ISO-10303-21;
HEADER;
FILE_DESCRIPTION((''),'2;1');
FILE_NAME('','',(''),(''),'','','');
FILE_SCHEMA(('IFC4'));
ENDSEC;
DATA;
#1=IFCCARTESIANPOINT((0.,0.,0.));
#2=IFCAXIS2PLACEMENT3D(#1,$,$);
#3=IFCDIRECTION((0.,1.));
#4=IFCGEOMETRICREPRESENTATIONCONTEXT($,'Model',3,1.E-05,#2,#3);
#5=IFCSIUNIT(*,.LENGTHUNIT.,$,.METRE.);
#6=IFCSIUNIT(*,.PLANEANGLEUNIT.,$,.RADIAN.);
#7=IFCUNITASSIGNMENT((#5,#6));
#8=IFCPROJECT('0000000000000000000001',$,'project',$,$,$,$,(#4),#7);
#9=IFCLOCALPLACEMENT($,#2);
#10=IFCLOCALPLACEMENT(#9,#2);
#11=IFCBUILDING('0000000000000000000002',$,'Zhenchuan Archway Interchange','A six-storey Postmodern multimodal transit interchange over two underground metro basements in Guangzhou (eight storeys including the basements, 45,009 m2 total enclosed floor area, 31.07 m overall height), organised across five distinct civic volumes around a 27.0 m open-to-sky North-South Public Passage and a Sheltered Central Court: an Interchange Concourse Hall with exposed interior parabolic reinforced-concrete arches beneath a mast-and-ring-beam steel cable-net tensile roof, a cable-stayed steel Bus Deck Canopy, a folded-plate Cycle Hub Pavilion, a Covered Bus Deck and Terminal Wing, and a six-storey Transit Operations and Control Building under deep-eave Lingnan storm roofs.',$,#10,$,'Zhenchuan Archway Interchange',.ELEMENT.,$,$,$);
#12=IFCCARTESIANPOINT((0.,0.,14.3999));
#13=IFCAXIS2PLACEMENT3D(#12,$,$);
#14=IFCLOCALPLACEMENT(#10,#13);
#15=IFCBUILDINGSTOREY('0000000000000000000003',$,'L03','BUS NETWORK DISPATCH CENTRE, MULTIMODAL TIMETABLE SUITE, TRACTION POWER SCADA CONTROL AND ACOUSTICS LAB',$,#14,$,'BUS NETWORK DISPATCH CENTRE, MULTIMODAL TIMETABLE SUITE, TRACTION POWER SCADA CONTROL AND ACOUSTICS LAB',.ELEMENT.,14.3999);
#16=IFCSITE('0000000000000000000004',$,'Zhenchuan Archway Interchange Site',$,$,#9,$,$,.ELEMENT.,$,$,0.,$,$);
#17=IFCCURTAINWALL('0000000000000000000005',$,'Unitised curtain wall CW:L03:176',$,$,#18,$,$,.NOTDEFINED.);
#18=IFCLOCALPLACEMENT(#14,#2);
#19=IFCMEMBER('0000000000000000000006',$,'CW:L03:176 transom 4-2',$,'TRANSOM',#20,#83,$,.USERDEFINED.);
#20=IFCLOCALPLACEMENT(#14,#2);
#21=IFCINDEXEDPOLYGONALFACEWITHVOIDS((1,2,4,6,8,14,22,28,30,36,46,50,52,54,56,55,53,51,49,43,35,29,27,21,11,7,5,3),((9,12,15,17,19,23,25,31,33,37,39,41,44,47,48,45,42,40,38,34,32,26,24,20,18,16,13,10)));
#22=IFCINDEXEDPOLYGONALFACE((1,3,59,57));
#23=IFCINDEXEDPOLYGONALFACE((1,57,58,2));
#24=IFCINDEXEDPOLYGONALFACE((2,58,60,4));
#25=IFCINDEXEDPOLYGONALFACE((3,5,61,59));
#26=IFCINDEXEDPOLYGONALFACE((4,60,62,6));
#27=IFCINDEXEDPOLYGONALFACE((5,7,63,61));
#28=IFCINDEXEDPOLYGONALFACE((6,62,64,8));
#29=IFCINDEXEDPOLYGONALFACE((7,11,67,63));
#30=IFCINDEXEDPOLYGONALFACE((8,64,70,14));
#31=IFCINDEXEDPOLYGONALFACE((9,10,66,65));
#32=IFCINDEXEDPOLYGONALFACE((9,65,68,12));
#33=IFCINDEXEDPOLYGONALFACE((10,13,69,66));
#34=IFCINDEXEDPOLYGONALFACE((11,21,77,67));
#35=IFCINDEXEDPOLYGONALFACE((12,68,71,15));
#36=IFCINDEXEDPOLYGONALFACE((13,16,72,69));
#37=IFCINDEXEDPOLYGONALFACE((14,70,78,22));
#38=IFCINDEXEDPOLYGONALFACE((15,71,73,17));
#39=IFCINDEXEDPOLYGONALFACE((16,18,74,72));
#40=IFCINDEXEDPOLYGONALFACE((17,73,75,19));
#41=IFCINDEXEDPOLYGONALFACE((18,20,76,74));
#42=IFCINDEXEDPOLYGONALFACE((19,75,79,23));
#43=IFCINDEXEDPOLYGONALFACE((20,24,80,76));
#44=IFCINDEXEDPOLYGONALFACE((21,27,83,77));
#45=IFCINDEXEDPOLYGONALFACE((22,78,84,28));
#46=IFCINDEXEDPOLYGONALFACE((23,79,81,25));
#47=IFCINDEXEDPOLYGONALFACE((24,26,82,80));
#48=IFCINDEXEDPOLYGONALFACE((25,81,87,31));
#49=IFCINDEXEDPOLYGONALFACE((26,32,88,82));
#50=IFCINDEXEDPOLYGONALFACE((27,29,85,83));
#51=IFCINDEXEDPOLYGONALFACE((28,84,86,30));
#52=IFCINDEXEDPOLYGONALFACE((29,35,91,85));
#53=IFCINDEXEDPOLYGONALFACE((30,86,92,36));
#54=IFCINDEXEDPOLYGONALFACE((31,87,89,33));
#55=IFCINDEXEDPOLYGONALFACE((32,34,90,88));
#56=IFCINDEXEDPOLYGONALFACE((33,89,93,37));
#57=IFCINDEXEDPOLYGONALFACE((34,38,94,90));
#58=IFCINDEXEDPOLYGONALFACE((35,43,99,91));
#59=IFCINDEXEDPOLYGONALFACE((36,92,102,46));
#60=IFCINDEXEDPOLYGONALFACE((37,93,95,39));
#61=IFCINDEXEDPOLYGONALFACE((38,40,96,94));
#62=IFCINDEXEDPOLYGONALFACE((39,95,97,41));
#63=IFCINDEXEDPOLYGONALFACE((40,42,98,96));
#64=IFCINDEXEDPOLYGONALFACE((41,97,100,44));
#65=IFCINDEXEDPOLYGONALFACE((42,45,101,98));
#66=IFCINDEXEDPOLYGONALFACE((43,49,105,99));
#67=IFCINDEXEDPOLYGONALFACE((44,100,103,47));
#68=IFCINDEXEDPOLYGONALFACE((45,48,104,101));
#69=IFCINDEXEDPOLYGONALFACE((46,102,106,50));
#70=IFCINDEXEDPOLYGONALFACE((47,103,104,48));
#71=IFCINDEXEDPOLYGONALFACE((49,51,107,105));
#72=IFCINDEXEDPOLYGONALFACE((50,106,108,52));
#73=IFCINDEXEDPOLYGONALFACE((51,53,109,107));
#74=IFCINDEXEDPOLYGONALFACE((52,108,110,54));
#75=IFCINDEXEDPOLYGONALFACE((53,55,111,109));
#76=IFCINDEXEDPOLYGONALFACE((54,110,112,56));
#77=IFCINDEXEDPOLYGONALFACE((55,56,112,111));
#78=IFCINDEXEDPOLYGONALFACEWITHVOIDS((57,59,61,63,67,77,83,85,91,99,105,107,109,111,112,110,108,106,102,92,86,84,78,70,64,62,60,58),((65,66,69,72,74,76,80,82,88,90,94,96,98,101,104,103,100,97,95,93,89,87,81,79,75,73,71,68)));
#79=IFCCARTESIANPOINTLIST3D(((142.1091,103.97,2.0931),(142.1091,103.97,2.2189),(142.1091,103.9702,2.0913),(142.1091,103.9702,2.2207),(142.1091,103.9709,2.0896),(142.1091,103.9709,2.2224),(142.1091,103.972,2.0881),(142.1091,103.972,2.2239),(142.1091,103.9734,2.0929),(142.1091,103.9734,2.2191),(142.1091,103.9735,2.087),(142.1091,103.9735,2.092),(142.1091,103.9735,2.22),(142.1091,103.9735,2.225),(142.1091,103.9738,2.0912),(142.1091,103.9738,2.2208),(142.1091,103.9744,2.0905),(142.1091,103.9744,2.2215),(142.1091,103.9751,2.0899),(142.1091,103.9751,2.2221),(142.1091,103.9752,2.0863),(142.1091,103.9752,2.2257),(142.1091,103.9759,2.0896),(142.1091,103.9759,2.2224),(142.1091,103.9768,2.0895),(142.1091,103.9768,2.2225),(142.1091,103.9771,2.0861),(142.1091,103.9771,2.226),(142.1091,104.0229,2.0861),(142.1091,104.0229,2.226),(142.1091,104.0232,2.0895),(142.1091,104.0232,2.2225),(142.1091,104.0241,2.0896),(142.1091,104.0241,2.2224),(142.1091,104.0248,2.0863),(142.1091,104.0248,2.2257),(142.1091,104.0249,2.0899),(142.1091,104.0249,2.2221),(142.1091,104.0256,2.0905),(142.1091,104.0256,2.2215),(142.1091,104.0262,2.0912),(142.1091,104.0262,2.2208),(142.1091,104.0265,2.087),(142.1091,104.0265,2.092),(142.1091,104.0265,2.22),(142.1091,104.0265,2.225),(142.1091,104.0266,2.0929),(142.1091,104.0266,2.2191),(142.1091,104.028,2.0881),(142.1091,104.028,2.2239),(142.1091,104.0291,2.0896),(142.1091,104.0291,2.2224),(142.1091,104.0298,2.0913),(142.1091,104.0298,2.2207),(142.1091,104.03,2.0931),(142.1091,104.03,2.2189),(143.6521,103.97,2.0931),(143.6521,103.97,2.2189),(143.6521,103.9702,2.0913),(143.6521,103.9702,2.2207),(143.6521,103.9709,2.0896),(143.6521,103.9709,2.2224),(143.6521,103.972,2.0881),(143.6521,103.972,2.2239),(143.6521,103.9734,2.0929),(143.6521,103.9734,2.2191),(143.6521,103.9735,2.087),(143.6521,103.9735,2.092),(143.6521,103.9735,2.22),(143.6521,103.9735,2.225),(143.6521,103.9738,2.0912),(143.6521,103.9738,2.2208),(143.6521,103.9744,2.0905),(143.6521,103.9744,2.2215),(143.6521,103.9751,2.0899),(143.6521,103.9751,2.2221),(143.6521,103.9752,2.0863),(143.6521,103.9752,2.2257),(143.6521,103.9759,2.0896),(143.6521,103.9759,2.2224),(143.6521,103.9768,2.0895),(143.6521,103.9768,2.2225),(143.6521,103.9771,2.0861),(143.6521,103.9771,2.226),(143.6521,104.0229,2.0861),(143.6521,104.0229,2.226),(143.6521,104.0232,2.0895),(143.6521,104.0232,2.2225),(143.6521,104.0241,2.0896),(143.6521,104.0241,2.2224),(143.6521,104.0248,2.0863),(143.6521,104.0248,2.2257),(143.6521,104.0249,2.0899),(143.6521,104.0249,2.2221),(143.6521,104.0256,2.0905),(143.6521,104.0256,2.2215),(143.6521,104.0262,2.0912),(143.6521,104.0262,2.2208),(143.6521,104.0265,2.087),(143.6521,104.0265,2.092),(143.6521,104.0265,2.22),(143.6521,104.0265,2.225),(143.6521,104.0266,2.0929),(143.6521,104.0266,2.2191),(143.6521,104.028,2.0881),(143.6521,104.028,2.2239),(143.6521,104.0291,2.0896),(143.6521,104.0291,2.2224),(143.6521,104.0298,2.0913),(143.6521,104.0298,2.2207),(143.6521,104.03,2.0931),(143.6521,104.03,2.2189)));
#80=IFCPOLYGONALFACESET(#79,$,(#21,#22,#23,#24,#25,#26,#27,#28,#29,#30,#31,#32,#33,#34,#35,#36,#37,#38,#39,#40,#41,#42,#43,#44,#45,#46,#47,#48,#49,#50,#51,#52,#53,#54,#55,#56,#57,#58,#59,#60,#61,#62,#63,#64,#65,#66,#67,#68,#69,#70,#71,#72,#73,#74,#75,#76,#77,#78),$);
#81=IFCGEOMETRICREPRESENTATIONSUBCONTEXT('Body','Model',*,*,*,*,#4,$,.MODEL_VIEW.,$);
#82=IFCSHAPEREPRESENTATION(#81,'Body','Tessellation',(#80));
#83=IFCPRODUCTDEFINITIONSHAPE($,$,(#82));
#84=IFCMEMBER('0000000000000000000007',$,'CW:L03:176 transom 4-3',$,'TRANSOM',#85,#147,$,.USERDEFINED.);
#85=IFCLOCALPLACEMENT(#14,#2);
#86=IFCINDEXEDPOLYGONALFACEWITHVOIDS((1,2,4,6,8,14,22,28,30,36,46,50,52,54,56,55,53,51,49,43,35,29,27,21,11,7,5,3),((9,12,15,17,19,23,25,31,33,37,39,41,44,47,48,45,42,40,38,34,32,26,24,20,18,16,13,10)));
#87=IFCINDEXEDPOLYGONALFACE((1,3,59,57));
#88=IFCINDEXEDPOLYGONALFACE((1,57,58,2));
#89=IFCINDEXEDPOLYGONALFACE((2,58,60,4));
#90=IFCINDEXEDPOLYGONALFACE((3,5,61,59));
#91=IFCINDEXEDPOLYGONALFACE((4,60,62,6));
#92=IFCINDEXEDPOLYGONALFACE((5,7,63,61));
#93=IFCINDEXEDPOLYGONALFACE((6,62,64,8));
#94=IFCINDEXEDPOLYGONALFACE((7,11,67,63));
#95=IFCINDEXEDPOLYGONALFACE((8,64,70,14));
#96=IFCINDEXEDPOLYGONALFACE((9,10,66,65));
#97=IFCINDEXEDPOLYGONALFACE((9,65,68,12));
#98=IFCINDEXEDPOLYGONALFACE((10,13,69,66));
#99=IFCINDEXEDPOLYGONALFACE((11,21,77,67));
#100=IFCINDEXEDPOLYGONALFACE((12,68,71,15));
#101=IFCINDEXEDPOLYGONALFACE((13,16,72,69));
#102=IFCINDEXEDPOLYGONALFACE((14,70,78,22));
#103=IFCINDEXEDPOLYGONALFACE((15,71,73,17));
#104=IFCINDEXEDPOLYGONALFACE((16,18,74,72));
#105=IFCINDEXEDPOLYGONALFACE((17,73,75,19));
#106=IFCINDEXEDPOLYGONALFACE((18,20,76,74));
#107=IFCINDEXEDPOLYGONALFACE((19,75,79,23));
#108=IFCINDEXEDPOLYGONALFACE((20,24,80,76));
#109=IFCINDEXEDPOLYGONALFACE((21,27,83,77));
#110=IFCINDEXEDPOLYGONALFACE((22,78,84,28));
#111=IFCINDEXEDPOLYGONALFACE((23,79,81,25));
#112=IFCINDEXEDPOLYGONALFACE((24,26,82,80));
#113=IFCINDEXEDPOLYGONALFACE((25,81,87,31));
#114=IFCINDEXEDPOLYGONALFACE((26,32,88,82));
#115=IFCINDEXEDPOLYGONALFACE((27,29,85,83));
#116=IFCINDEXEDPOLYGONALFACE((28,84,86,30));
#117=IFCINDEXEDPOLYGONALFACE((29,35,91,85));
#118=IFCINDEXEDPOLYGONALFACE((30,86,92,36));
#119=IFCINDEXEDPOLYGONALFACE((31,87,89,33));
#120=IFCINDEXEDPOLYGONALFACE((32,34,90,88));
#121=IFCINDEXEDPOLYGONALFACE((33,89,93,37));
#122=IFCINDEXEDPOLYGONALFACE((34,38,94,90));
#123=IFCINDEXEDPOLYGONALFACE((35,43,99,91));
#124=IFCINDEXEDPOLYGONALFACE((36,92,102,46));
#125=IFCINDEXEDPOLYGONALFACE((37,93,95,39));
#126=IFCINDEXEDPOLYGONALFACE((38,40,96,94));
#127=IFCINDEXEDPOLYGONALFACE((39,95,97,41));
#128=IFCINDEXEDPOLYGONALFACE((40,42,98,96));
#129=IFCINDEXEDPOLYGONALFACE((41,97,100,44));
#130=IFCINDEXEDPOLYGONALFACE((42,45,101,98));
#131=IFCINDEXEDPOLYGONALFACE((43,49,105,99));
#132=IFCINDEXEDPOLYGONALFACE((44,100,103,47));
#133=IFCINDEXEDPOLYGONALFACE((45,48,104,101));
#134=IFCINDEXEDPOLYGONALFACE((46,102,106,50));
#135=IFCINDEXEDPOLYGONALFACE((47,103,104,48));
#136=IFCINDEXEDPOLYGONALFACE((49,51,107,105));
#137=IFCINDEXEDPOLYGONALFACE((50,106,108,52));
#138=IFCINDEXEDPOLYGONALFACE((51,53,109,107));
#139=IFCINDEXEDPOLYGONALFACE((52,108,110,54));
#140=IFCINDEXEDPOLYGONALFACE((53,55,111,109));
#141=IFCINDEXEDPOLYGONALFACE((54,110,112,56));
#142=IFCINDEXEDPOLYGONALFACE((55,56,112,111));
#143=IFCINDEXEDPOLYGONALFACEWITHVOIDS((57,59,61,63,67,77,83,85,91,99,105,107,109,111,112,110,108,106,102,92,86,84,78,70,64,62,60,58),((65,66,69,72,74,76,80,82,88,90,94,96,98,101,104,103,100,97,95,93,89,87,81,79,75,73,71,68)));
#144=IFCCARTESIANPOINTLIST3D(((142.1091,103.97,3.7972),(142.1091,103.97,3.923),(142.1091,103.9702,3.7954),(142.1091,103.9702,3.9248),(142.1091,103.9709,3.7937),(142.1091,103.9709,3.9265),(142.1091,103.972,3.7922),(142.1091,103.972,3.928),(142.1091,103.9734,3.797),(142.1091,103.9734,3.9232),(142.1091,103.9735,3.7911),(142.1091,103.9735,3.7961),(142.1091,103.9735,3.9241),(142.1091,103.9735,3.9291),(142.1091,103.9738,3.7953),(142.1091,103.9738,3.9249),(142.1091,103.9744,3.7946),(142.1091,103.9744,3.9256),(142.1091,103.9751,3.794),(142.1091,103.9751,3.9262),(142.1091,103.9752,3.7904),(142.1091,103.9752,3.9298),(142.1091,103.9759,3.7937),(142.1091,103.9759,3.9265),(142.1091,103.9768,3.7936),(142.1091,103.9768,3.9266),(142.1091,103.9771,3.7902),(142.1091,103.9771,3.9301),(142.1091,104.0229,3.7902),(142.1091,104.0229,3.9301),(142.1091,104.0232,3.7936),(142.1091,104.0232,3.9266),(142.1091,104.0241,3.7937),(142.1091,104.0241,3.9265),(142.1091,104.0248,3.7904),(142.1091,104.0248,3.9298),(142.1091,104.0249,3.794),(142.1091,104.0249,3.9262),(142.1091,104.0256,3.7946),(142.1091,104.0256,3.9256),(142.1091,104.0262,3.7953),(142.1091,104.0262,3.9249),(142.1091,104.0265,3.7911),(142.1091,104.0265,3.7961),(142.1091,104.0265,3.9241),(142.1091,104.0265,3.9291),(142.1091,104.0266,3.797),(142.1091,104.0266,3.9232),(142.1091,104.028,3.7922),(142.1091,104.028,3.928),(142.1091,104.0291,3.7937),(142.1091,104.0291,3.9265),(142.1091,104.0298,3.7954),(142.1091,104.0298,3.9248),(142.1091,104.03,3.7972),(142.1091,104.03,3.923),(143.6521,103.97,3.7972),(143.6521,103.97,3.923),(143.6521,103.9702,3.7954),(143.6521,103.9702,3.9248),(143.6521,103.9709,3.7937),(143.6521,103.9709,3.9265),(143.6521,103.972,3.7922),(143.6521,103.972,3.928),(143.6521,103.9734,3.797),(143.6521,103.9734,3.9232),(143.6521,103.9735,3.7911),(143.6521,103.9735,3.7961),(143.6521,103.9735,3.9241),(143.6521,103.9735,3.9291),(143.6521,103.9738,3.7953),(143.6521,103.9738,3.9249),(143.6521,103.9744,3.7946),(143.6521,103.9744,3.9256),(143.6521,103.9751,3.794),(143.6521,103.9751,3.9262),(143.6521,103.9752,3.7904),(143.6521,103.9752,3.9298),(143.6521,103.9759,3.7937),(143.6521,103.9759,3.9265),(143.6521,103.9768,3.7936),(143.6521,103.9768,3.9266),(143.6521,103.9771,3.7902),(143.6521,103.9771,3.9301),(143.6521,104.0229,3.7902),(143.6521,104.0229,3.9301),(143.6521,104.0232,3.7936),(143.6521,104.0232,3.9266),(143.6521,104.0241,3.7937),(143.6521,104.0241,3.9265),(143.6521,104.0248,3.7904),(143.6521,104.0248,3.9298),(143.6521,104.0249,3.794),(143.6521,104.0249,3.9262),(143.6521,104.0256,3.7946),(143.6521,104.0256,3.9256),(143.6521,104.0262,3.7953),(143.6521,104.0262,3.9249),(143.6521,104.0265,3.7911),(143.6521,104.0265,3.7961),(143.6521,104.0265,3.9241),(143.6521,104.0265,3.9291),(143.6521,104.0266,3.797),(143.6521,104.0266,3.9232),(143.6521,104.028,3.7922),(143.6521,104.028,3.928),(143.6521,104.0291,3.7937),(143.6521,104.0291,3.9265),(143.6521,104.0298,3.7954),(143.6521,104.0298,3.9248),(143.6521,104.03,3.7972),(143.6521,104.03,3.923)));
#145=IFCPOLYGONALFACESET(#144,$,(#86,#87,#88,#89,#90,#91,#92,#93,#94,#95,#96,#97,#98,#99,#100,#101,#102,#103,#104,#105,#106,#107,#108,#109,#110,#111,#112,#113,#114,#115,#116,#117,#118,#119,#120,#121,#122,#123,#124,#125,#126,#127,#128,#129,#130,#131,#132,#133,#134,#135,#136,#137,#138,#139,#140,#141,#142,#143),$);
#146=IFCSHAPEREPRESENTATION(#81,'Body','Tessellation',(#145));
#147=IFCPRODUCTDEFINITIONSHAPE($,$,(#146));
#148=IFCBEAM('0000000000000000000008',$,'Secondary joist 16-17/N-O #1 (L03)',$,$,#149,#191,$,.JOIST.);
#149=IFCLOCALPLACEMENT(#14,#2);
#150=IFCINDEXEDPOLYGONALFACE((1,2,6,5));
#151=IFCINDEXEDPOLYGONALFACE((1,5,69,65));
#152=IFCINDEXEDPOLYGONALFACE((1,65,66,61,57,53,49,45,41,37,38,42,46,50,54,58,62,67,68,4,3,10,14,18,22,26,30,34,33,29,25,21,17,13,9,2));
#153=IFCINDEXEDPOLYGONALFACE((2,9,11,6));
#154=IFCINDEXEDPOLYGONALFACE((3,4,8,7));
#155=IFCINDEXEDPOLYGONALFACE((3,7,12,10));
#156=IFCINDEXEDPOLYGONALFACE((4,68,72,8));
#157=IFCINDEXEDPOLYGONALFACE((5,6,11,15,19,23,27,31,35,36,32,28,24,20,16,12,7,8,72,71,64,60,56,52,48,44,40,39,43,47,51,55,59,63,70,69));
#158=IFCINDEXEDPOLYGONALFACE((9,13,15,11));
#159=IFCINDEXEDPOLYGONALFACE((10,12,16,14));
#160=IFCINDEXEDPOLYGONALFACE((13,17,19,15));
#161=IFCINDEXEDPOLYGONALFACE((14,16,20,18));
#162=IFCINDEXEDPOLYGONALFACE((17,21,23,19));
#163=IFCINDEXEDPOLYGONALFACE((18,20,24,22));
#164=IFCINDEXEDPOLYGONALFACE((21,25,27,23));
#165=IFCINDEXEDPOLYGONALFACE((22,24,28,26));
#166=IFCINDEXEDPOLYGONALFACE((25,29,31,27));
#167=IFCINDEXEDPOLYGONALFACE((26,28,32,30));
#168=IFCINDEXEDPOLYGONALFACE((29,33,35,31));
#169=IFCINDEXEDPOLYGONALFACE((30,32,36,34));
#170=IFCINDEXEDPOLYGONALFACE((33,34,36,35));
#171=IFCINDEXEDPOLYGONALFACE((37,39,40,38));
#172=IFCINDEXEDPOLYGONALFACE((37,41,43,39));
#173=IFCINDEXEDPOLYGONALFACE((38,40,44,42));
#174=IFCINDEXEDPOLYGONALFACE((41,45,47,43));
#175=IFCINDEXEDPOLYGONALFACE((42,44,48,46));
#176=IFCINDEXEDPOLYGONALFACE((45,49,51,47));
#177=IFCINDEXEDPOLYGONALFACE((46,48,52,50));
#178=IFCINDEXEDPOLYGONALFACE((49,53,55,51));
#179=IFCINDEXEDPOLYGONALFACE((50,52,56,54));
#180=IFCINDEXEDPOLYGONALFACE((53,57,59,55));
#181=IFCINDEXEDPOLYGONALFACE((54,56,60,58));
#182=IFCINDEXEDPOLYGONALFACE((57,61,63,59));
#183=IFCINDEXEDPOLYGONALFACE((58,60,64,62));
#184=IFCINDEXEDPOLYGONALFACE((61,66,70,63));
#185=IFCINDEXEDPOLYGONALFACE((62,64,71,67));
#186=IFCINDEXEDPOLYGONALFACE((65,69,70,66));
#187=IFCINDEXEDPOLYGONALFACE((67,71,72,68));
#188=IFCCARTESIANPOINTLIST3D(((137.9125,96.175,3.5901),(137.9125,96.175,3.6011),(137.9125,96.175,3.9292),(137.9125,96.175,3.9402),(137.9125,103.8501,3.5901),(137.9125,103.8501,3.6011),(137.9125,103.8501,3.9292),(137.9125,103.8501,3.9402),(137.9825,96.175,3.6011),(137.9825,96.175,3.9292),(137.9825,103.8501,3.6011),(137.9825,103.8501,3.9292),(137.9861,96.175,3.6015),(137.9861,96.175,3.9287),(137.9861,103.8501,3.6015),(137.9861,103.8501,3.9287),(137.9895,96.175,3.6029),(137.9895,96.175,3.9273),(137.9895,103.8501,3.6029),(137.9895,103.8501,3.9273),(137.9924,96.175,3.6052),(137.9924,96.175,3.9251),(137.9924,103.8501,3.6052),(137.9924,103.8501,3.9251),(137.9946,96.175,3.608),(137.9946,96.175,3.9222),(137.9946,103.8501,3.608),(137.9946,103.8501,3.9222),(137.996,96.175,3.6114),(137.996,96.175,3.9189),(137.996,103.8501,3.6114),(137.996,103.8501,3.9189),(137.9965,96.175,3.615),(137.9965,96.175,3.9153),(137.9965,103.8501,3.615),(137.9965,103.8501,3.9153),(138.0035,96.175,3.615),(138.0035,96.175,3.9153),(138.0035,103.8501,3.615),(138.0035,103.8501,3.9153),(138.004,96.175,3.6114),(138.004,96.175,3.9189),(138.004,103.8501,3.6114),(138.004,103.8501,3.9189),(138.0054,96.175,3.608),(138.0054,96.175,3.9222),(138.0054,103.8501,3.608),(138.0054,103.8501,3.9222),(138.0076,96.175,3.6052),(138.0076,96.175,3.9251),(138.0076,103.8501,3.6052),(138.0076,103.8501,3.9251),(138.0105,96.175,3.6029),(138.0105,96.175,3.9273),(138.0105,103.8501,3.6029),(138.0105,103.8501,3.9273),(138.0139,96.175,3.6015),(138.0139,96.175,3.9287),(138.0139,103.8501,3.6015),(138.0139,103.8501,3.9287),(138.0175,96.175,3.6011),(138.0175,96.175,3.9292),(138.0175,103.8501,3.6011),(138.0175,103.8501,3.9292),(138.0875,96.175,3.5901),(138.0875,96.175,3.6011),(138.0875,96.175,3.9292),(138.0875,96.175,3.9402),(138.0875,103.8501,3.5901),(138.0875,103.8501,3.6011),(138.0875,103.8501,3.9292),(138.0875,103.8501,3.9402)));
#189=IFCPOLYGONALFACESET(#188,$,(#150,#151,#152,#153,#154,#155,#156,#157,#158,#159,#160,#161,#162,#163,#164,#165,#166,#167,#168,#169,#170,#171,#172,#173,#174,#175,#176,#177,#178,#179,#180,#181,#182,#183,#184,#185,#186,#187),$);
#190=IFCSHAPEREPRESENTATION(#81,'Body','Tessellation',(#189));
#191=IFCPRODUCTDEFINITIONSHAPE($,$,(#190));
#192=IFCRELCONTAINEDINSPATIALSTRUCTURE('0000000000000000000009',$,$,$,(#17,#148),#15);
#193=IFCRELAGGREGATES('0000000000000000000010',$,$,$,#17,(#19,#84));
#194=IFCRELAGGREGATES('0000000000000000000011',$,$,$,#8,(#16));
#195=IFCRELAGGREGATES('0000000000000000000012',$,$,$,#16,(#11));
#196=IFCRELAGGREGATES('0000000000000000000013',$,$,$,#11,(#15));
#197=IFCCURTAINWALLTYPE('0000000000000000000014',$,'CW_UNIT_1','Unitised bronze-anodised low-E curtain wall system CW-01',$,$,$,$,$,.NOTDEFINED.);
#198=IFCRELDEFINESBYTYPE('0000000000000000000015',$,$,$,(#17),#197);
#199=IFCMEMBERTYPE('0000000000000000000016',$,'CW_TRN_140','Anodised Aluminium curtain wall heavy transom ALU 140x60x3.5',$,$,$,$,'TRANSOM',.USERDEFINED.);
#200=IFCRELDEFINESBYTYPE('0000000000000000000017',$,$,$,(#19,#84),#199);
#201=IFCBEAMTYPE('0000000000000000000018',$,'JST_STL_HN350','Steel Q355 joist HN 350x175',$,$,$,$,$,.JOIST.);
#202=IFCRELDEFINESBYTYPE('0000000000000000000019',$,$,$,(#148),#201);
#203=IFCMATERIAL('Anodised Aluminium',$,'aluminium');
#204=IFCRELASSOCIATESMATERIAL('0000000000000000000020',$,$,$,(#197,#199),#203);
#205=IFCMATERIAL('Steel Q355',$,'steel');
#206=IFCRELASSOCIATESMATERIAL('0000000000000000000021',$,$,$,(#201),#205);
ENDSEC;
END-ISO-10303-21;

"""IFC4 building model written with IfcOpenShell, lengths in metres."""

from ifc_helpers import new_model, si_unit, direction, frame, origin, origin_2d, place, context, subcontext, project, spatial, hollow_rectangle, i_section, extrude, material, material_profile, profile_set, type_object, element, aggregate, save


model = new_model("IFC4")

# Units and contexts
model_context = context("Model", 3, precision=1e-05, world=origin(), true_north=direction((0.0, 1.0)))
body_context = subcontext(model_context, "Body", "Model", "MODEL_VIEW")
ifc_project = project(units=[si_unit("LENGTHUNIT", "METRE"), si_unit("PLANEANGLEUNIT", "RADIAN")], contexts=[model_context])

# Site, building, storey
site_placement = place(None, origin())
site = spatial("IfcSite", under=ifc_project, at=site_placement, Name="Zhenchuan Archway Interchange Site", CompositionType="ELEMENT", RefElevation=0.0)
building_placement = place(site_placement, origin())
building = spatial("IfcBuilding", under=site, at=building_placement, Name="Zhenchuan Archway Interchange", Description="A six-storey Postmodern multimodal transit interchange over two underground metro basements in Guangzhou (eight storeys including the basements, 45,009 m2 total enclosed floor area, 31.07 m overall height), organised across five distinct civic volumes around a 27.0 m open-to-sky North-South Public Passage and a Sheltered Central Court: an Interchange Concourse Hall with exposed interior parabolic reinforced-concrete arches beneath a mast-and-ring-beam steel cable-net tensile roof, a cable-stayed steel Bus Deck Canopy, a folded-plate Cycle Hub Pavilion, a Covered Bus Deck and Terminal Wing, and a six-storey Transit Operations and Control Building under deep-eave Lingnan storm roofs.", LongName="Zhenchuan Archway Interchange", CompositionType="ELEMENT")
storey_placement = place(building_placement, frame((0.0, 0.0, 14.3999)))
storey = spatial("IfcBuildingStorey", under=building, at=storey_placement, Name="L03", Description="BUS NETWORK DISPATCH CENTRE, MULTIMODAL TIMETABLE SUITE, TRACTION POWER SCADA CONTROL AND ACOUSTICS LAB", LongName="BUS NETWORK DISPATCH CENTRE, MULTIMODAL TIMETABLE SUITE, TRACTION POWER SCADA CONTROL AND ACOUSTICS LAB", CompositionType="ELEMENT", Elevation=14.3999)

# Curtain wall, members
ifc_material_1 = material(Name="Anodised Aluminium", Category="aluminium")
curtain_wall_type = type_object("IfcCurtainWallType", Name="CW_UNIT_1", Description="Unitised bronze-anodised low-E curtain wall system CW-01", PredefinedType="NOTDEFINED", material=ifc_material_1)
curtain_wall_placement = place(storey_placement, origin())
curtain_wall = element("IfcCurtainWall", 1, at=curtain_wall_placement, inside=storey, type_object=curtain_wall_type, Name="Unitised curtain wall CW:L03:176", PredefinedType="NOTDEFINED")
ifc_material_profile_1 = material_profile(ifc_material_1, hollow_rectangle(XDim=0.0601, YDim=0.1399, WallThickness=0.0034, InnerFilletRadius=0.0034, OuterFilletRadius=0.0071, at=origin_2d()), Name="ALU 140x60x3.5")
ifc_profile_set_1 = profile_set([ifc_material_profile_1], Name="Anodised Aluminium")
member_type_1 = type_object("IfcMemberType", Name="CW_TRN_140", Description="Anodised Aluminium curtain wall heavy transom ALU 140x60x3.5", ElementType="TRANSOM", PredefinedType="USERDEFINED", material=ifc_profile_set_1)
member_1_placement = place(storey_placement, frame((142.1091, 104.0, 2.156), z_axis=(1.0, 0.0, 0.0), x_axis=(0.0, 1.0, 0.0)))
member_1 = element("IfcMember", 2, at=member_1_placement, type_object=member_type_1, Name="CW:L03:176 transom 4-2", ObjectType="TRANSOM", PredefinedType="USERDEFINED", context=body_context, shape_type="SweptSolid", body=[
    extrude(hollow_rectangle(XDim=0.0601, YDim=0.1399, WallThickness=0.0034, InnerFilletRadius=0.0034, OuterFilletRadius=0.0071, at=origin_2d()), origin(), (0.0, 0.0, 1.0), 1.543),
])
member_2_placement = place(storey_placement, frame((142.1091, 104.0, 3.8601), z_axis=(1.0, 0.0, 0.0), x_axis=(0.0, 1.0, 0.0)))
member_2 = element("IfcMember", 3, at=member_2_placement, type_object=member_type_1, Name="CW:L03:176 transom 4-3", ObjectType="TRANSOM", PredefinedType="USERDEFINED", context=body_context, shape_type="SweptSolid", body=[
    extrude(hollow_rectangle(XDim=0.0601, YDim=0.1399, WallThickness=0.0034, InnerFilletRadius=0.0034, OuterFilletRadius=0.0071, at=origin_2d()), origin(), (0.0, 0.0, 1.0), 1.543),
])

# Beam
ifc_material_2 = material(Name="Steel Q355", Category="steel")
ifc_material_profile_2 = material_profile(ifc_material_2, i_section(OverallWidth=0.175, OverallDepth=0.3501, WebThickness=0.0071, FlangeThickness=0.011, FilletRadius=0.0139, at=origin_2d()), Name="HN 350x175")
ifc_profile_set_2 = profile_set([ifc_material_profile_2], Name="Steel Q355")
beam_type_1 = type_object("IfcBeamType", Name="JST_STL_HN350", Description="Steel Q355 joist HN 350x175", PredefinedType="JOIST", material=ifc_profile_set_2)
for number, where, z_axis, x_axis, name in (
    (4, (138.0, 96.175, 3.7651), (0.0, 1.0, 0.0), (-1.0, 0.0, 0.0), "Secondary joist 16-17/N-O #1 (L03)"),
):
    element("IfcBeam", number, at=place(storey_placement, frame(where, z_axis=z_axis, x_axis=x_axis)), inside=storey, type_object=beam_type_1, Name=name, PredefinedType="JOIST", context=body_context, shape_type="SweptSolid", body=[
        extrude(i_section(OverallWidth=0.175, OverallDepth=0.3501, WebThickness=0.0071, FlangeThickness=0.011, FilletRadius=0.0139, at=origin_2d()), origin(), (0.0, 0.0, 1.0), 7.675),
    ])

aggregate(curtain_wall, [member_1, member_2])

save(model, "model.ifc")
